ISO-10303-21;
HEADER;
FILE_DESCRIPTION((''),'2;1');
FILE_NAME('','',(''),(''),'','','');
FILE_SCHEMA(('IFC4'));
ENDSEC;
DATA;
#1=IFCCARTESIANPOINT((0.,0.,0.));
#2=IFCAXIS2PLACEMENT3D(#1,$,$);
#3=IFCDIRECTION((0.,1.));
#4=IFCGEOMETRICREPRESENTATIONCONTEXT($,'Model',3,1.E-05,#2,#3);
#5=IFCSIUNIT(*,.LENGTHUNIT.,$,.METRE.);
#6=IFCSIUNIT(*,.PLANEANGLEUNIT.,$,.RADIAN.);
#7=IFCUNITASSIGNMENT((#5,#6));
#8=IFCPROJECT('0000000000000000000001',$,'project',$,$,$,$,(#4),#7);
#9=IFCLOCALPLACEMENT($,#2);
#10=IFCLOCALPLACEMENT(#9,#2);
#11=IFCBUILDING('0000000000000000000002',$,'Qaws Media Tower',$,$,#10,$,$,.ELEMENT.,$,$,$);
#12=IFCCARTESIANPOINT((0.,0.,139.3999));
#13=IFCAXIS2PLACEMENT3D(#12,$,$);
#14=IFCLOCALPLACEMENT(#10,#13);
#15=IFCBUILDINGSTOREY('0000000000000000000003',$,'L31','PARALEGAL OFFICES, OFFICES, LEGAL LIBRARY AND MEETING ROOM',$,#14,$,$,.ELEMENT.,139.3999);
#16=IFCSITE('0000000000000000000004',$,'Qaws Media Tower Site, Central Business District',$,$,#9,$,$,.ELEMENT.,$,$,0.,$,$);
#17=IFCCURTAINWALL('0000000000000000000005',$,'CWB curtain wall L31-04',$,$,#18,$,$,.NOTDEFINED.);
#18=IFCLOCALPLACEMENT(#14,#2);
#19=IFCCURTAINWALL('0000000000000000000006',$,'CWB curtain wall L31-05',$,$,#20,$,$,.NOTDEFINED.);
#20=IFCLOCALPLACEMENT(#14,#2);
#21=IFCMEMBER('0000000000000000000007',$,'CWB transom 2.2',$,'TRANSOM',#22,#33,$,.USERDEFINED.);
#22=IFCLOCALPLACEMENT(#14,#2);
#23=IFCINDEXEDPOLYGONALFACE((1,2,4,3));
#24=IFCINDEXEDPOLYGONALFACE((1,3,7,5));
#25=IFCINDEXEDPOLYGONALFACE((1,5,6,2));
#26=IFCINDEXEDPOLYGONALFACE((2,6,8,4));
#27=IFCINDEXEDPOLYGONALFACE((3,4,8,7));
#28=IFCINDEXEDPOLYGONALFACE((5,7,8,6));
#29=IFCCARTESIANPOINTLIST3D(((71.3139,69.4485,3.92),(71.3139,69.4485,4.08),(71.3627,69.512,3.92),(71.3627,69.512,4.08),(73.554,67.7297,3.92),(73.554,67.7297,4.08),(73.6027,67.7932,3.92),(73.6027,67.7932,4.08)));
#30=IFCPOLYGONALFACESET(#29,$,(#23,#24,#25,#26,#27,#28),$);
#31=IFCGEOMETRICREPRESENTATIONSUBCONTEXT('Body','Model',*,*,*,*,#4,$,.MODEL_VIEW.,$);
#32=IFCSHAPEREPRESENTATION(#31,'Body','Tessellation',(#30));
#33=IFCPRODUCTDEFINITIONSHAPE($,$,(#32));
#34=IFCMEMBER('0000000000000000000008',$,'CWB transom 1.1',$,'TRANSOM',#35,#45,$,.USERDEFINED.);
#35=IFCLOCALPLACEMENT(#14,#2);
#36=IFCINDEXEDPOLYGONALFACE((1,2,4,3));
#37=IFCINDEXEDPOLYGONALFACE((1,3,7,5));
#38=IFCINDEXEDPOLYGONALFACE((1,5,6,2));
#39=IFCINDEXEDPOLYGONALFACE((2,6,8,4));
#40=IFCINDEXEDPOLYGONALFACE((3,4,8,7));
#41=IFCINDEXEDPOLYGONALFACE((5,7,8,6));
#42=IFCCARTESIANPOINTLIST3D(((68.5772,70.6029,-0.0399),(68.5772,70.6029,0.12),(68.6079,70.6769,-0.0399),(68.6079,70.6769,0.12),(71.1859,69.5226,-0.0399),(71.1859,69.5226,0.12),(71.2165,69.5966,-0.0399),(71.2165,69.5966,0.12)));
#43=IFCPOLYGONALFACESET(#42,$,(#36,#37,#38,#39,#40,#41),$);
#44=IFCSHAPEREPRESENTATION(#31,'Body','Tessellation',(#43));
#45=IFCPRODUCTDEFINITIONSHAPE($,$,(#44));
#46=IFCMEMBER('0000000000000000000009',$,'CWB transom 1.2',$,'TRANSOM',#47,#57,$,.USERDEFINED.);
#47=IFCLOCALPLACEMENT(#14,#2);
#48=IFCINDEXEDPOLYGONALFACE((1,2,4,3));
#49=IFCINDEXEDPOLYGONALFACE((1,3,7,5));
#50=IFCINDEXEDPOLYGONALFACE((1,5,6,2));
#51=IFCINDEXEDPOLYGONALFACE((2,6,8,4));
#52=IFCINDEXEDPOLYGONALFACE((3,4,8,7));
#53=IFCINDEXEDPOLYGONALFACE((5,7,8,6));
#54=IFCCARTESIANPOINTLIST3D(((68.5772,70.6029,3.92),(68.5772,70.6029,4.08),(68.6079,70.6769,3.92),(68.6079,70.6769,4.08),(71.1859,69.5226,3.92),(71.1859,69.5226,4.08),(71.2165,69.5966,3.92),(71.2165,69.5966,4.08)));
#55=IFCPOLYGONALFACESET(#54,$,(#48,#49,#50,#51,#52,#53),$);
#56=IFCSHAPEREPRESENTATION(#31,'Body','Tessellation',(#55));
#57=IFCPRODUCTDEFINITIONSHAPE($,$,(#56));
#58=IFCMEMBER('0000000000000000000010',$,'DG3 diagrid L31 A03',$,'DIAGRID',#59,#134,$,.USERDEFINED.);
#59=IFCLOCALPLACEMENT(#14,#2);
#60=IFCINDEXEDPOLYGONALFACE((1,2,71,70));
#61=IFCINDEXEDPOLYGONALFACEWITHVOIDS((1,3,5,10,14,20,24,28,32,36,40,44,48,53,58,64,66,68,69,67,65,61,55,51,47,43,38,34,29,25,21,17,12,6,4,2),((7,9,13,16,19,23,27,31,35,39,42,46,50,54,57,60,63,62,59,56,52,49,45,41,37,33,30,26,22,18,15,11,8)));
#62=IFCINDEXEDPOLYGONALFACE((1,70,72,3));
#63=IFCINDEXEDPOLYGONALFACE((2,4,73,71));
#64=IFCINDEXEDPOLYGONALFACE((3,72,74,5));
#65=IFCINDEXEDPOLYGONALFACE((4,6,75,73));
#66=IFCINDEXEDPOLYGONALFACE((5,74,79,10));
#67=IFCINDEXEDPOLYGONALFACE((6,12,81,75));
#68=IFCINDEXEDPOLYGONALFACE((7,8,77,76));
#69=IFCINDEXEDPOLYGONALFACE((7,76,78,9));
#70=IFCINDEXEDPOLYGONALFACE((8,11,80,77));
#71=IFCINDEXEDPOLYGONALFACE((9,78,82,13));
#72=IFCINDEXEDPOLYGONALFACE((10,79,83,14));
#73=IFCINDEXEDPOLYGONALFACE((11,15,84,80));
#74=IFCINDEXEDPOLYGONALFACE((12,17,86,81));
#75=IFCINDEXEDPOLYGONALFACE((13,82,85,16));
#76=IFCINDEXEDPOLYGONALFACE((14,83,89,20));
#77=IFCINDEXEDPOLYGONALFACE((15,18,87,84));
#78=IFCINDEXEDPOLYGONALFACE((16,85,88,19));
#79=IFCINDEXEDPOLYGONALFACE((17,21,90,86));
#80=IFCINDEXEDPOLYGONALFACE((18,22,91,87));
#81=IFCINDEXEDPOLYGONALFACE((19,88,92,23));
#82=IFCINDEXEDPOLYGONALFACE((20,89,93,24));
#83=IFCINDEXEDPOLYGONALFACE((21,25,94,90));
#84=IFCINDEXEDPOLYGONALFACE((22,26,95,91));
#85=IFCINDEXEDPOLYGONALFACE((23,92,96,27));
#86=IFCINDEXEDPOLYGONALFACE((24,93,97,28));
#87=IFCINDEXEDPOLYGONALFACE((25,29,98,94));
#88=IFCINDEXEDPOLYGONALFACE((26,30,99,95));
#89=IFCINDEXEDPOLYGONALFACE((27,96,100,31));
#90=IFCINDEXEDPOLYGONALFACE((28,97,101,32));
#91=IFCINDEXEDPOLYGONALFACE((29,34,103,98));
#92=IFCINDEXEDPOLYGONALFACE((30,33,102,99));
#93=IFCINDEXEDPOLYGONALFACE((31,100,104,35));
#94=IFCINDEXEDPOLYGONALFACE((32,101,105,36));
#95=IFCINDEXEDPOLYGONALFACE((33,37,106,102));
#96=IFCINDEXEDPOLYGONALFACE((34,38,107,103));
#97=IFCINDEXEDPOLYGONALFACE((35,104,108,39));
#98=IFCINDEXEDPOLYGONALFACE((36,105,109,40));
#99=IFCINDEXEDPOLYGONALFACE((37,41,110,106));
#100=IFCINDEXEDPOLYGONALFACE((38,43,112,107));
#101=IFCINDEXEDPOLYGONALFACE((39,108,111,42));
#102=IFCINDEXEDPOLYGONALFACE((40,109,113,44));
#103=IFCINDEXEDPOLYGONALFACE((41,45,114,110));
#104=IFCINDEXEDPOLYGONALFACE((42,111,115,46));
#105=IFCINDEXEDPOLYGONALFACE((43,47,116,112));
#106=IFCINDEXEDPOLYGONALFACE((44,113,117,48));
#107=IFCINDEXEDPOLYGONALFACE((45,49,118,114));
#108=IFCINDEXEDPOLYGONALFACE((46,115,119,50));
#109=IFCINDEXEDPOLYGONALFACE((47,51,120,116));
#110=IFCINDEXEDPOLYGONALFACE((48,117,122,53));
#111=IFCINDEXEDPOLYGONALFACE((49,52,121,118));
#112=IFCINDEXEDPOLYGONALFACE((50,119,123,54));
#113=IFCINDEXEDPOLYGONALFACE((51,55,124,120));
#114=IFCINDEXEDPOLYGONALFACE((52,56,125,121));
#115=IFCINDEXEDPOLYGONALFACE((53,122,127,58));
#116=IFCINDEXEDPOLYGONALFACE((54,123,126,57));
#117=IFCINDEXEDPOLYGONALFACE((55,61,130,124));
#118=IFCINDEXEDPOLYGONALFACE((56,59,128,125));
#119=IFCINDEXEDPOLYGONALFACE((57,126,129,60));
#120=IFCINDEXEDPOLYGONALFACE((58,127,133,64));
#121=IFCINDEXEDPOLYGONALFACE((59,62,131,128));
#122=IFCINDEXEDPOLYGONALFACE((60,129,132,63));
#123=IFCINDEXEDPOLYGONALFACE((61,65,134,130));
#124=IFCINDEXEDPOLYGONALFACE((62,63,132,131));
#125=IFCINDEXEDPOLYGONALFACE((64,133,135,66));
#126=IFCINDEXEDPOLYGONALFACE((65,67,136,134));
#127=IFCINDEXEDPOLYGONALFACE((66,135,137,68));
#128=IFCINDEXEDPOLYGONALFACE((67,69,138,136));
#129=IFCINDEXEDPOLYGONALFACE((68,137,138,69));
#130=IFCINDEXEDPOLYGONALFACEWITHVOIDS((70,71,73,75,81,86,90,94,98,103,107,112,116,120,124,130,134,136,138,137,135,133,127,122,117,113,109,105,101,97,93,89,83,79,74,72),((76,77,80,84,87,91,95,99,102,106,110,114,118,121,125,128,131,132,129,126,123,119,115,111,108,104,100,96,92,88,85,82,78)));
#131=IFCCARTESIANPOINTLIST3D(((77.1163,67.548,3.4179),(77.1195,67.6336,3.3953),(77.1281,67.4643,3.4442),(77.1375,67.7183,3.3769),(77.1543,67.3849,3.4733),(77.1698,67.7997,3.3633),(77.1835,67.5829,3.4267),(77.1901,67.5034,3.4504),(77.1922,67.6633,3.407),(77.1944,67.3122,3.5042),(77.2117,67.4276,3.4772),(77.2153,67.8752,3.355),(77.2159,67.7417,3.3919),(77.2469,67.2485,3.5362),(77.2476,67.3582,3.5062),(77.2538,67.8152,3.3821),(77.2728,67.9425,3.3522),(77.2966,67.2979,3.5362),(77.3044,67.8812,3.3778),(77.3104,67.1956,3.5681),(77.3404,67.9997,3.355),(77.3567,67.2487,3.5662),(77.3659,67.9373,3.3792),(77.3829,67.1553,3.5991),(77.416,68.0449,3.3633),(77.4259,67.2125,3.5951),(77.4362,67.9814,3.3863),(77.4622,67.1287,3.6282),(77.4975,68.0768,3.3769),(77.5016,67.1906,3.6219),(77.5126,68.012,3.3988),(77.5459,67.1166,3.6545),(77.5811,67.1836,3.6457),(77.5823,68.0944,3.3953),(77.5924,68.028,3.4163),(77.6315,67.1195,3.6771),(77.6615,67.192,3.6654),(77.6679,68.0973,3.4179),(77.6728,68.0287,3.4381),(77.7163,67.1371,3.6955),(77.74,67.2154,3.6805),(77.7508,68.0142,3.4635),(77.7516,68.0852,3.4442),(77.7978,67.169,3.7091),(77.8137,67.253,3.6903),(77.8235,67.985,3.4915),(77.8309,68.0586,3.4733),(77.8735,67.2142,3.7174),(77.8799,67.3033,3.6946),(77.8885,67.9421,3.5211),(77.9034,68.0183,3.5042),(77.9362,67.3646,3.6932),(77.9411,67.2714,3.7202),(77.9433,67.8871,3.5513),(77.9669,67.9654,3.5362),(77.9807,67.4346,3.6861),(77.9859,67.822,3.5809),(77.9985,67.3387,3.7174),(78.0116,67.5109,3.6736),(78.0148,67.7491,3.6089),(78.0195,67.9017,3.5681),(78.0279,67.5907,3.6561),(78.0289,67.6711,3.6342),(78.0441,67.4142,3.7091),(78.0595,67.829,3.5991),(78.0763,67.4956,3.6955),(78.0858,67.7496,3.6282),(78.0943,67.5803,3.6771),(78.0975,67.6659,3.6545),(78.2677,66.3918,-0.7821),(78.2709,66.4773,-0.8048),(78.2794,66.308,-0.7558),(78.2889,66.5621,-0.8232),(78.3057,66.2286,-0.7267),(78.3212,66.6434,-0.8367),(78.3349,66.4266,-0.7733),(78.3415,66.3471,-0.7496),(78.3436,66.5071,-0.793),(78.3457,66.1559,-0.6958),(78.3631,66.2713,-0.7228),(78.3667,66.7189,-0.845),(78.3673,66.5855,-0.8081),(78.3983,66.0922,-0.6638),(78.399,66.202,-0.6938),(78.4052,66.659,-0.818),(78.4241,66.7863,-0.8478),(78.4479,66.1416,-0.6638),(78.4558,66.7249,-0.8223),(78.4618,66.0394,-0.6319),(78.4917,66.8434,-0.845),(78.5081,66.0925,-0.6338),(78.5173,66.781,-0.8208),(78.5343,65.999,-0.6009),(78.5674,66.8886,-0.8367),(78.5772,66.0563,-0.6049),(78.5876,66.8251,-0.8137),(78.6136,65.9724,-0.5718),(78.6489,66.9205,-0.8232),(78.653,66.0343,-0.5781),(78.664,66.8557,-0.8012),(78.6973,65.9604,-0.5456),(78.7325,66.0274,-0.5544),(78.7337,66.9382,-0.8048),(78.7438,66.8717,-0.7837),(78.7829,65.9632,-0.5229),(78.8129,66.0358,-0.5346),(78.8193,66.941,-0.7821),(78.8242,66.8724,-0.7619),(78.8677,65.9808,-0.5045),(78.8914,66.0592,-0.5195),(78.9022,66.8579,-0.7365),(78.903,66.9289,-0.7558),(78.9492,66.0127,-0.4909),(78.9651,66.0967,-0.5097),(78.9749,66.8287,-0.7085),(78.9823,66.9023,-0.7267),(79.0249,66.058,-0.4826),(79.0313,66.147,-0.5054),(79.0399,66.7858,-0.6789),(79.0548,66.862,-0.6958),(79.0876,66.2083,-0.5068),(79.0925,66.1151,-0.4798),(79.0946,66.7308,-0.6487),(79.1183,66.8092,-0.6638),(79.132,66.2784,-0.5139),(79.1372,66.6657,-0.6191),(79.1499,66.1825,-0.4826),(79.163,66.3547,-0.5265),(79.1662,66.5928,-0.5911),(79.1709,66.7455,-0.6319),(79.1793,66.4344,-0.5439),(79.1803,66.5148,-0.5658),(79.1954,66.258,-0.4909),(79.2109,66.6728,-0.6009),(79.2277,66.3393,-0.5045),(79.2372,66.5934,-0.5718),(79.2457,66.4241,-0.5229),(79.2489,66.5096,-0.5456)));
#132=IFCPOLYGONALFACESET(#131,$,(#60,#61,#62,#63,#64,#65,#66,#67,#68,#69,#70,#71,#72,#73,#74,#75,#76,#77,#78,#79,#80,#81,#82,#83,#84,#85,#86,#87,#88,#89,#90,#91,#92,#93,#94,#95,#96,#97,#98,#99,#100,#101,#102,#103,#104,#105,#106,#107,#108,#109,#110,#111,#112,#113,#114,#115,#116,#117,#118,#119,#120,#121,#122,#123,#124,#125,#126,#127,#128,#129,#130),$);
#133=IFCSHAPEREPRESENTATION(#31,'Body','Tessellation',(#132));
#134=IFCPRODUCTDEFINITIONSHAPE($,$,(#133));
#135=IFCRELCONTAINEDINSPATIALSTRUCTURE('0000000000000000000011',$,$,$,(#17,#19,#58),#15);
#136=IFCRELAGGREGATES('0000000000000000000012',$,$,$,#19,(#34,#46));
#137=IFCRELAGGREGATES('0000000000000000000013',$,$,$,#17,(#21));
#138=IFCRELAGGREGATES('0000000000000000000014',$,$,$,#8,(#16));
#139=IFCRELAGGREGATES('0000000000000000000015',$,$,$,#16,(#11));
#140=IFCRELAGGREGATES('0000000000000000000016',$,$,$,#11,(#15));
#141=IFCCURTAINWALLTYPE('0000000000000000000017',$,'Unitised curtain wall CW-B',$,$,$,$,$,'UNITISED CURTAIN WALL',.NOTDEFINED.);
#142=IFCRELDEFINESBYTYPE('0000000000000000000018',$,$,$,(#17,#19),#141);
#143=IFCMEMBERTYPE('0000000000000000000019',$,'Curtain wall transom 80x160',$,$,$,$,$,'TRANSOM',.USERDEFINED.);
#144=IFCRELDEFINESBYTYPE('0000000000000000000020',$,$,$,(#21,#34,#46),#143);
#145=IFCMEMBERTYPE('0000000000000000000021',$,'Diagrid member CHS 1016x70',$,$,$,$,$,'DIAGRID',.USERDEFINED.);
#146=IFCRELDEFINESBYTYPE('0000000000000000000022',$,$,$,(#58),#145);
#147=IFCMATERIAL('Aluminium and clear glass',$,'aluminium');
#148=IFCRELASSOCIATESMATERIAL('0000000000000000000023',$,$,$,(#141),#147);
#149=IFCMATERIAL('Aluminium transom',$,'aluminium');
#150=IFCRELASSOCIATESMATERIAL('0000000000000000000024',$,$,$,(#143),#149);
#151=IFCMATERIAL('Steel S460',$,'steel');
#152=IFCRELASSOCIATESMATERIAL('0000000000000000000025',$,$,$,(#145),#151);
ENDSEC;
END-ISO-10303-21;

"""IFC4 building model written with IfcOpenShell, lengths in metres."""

from ifc_helpers import new_model, si_unit, direction, frame, origin, origin_2d, place, context, subcontext, project, spatial, rectangle, hollow_circle, extrude, material, material_profile, profile_set, type_object, element, aggregate, save


model = new_model("IFC4")

# Units and contexts
model_context = context("Model", 3, precision=1e-05, world=origin(), true_north=direction((0.0, 1.0)))
body_context = subcontext(model_context, "Body", "Model", "MODEL_VIEW")
ifc_project = project(units=[si_unit("LENGTHUNIT", "METRE"), si_unit("PLANEANGLEUNIT", "RADIAN")], contexts=[model_context])

# Site, building, storey
site_placement = place(None, origin())
site = spatial("IfcSite", under=ifc_project, at=site_placement, Name="Qaws Media Tower Site, Central Business District", CompositionType="ELEMENT", RefElevation=0.0)
building_placement = place(site_placement, origin())
building = spatial("IfcBuilding", under=site, at=building_placement, Name="Qaws Media Tower", CompositionType="ELEMENT")
storey_placement = place(building_placement, frame((0.0, 0.0, 139.3999)))
storey = spatial("IfcBuildingStorey", under=building, at=storey_placement, Name="L31", Description="PARALEGAL OFFICES, OFFICES, LEGAL LIBRARY AND MEETING ROOM", CompositionType="ELEMENT", Elevation=139.3999)

# Curtain wall
ifc_material_1 = material(Name="Aluminium and clear glass", Category="aluminium")
curtain_wall_type = type_object("IfcCurtainWallType", Name="Unitised curtain wall CW-B", ElementType="UNITISED CURTAIN WALL", PredefinedType="NOTDEFINED", material=ifc_material_1)
curtain_wall_1_placement = place(storey_placement, origin())
curtain_wall_1 = element("IfcCurtainWall", 1, at=curtain_wall_1_placement, inside=storey, type_object=curtain_wall_type, Name="CWB curtain wall L31-04", PredefinedType="NOTDEFINED")

# Curtain wall
curtain_wall_2_placement = place(storey_placement, origin())
curtain_wall_2 = element("IfcCurtainWall", 2, at=curtain_wall_2_placement, inside=storey, type_object=curtain_wall_type, Name="CWB curtain wall L31-05", PredefinedType="NOTDEFINED")

# Members
ifc_material_2 = material(Name="Aluminium transom", Category="aluminium")
ifc_material_profile_1 = material_profile(ifc_material_2, rectangle(XDim=0.0801, YDim=0.1599, at=origin_2d()), Name="80x160")
ifc_profile_set_1 = profile_set([ifc_material_profile_1], Name="Aluminium transom")
member_type_1 = type_object("IfcMemberType", Name="Curtain wall transom 80x160", ElementType="TRANSOM", PredefinedType="USERDEFINED", material=ifc_profile_set_1)
member_1_placement = place(storey_placement, frame((73.5784, 67.7615, 4.0), z_axis=(-0.793363, 0.608749, 0.0), x_axis=(-0.608749, -0.793363, 0.0)))
member_1 = element("IfcMember", 3, at=member_1_placement, type_object=member_type_1, Name="CWB transom 2.2", ObjectType="TRANSOM", PredefinedType="USERDEFINED", context=body_context, shape_type="SweptSolid", body=[
    extrude(rectangle(XDim=0.0801, YDim=0.1599, at=origin_2d()), origin(), (0.0, 0.0, 1.0), 2.8235),
])
member_2_placement = place(storey_placement, frame((71.2012, 69.5596, 0.04), z_axis=(-0.923906, 0.382619, 0.0), x_axis=(-0.382619, -0.923906, 0.0)))
member_2 = element("IfcMember", 4, at=member_2_placement, type_object=member_type_1, Name="CWB transom 1.1", ObjectType="TRANSOM", PredefinedType="USERDEFINED", context=body_context, shape_type="SweptSolid", body=[
    extrude(rectangle(XDim=0.0801, YDim=0.1599, at=origin_2d()), origin(), (0.0, 0.0, 1.0), 2.8235),
])
member_3_placement = place(storey_placement, frame((71.2012, 69.5596, 4.0), z_axis=(-0.923906, 0.382619, 0.0), x_axis=(-0.382619, -0.923906, 0.0)))
member_3 = element("IfcMember", 5, at=member_3_placement, type_object=member_type_1, Name="CWB transom 1.2", ObjectType="TRANSOM", PredefinedType="USERDEFINED", context=body_context, shape_type="SweptSolid", body=[
    extrude(rectangle(XDim=0.0801, YDim=0.1599, at=origin_2d()), origin(), (0.0, 0.0, 1.0), 2.8235),
])
aggregate(curtain_wall_2, [member_2, member_3])

# Member
ifc_material_3 = material(Name="Steel S460", Category="steel")
ifc_material_profile_2 = material_profile(ifc_material_3, hollow_circle(Radius=0.5081, WallThickness=0.0701, at=origin_2d()), Name="CHS 1016x70")
ifc_profile_set_2 = profile_set([ifc_material_profile_2], Name="Steel S460")
member_type_2 = type_object("IfcMemberType", Name="Diagrid member CHS 1016x70", ElementType="DIAGRID", PredefinedType="USERDEFINED", material=ifc_profile_set_2)
for number, where, z_axis, x_axis, name in (
    (6, (78.7583, 66.4507, -0.6638), (-0.255531, 0.256614, 0.932123), (-0.708601, -0.705609, 0.0), "DG3 diagrid L31 A03"),
):
    element("IfcMember", number, at=place(storey_placement, frame(where, z_axis=z_axis, x_axis=x_axis)), inside=storey, type_object=member_type_2, Name=name, ObjectType="DIAGRID", PredefinedType="USERDEFINED", context=body_context, shape_type="SweptSolid", body=[
        extrude(hollow_circle(Radius=0.5081, WallThickness=0.0701, at=origin_2d()), origin(), (0.0, 0.0, 1.0), 4.5059),
    ])

aggregate(curtain_wall_1, [member_1])

save(model, "model.ifc")
